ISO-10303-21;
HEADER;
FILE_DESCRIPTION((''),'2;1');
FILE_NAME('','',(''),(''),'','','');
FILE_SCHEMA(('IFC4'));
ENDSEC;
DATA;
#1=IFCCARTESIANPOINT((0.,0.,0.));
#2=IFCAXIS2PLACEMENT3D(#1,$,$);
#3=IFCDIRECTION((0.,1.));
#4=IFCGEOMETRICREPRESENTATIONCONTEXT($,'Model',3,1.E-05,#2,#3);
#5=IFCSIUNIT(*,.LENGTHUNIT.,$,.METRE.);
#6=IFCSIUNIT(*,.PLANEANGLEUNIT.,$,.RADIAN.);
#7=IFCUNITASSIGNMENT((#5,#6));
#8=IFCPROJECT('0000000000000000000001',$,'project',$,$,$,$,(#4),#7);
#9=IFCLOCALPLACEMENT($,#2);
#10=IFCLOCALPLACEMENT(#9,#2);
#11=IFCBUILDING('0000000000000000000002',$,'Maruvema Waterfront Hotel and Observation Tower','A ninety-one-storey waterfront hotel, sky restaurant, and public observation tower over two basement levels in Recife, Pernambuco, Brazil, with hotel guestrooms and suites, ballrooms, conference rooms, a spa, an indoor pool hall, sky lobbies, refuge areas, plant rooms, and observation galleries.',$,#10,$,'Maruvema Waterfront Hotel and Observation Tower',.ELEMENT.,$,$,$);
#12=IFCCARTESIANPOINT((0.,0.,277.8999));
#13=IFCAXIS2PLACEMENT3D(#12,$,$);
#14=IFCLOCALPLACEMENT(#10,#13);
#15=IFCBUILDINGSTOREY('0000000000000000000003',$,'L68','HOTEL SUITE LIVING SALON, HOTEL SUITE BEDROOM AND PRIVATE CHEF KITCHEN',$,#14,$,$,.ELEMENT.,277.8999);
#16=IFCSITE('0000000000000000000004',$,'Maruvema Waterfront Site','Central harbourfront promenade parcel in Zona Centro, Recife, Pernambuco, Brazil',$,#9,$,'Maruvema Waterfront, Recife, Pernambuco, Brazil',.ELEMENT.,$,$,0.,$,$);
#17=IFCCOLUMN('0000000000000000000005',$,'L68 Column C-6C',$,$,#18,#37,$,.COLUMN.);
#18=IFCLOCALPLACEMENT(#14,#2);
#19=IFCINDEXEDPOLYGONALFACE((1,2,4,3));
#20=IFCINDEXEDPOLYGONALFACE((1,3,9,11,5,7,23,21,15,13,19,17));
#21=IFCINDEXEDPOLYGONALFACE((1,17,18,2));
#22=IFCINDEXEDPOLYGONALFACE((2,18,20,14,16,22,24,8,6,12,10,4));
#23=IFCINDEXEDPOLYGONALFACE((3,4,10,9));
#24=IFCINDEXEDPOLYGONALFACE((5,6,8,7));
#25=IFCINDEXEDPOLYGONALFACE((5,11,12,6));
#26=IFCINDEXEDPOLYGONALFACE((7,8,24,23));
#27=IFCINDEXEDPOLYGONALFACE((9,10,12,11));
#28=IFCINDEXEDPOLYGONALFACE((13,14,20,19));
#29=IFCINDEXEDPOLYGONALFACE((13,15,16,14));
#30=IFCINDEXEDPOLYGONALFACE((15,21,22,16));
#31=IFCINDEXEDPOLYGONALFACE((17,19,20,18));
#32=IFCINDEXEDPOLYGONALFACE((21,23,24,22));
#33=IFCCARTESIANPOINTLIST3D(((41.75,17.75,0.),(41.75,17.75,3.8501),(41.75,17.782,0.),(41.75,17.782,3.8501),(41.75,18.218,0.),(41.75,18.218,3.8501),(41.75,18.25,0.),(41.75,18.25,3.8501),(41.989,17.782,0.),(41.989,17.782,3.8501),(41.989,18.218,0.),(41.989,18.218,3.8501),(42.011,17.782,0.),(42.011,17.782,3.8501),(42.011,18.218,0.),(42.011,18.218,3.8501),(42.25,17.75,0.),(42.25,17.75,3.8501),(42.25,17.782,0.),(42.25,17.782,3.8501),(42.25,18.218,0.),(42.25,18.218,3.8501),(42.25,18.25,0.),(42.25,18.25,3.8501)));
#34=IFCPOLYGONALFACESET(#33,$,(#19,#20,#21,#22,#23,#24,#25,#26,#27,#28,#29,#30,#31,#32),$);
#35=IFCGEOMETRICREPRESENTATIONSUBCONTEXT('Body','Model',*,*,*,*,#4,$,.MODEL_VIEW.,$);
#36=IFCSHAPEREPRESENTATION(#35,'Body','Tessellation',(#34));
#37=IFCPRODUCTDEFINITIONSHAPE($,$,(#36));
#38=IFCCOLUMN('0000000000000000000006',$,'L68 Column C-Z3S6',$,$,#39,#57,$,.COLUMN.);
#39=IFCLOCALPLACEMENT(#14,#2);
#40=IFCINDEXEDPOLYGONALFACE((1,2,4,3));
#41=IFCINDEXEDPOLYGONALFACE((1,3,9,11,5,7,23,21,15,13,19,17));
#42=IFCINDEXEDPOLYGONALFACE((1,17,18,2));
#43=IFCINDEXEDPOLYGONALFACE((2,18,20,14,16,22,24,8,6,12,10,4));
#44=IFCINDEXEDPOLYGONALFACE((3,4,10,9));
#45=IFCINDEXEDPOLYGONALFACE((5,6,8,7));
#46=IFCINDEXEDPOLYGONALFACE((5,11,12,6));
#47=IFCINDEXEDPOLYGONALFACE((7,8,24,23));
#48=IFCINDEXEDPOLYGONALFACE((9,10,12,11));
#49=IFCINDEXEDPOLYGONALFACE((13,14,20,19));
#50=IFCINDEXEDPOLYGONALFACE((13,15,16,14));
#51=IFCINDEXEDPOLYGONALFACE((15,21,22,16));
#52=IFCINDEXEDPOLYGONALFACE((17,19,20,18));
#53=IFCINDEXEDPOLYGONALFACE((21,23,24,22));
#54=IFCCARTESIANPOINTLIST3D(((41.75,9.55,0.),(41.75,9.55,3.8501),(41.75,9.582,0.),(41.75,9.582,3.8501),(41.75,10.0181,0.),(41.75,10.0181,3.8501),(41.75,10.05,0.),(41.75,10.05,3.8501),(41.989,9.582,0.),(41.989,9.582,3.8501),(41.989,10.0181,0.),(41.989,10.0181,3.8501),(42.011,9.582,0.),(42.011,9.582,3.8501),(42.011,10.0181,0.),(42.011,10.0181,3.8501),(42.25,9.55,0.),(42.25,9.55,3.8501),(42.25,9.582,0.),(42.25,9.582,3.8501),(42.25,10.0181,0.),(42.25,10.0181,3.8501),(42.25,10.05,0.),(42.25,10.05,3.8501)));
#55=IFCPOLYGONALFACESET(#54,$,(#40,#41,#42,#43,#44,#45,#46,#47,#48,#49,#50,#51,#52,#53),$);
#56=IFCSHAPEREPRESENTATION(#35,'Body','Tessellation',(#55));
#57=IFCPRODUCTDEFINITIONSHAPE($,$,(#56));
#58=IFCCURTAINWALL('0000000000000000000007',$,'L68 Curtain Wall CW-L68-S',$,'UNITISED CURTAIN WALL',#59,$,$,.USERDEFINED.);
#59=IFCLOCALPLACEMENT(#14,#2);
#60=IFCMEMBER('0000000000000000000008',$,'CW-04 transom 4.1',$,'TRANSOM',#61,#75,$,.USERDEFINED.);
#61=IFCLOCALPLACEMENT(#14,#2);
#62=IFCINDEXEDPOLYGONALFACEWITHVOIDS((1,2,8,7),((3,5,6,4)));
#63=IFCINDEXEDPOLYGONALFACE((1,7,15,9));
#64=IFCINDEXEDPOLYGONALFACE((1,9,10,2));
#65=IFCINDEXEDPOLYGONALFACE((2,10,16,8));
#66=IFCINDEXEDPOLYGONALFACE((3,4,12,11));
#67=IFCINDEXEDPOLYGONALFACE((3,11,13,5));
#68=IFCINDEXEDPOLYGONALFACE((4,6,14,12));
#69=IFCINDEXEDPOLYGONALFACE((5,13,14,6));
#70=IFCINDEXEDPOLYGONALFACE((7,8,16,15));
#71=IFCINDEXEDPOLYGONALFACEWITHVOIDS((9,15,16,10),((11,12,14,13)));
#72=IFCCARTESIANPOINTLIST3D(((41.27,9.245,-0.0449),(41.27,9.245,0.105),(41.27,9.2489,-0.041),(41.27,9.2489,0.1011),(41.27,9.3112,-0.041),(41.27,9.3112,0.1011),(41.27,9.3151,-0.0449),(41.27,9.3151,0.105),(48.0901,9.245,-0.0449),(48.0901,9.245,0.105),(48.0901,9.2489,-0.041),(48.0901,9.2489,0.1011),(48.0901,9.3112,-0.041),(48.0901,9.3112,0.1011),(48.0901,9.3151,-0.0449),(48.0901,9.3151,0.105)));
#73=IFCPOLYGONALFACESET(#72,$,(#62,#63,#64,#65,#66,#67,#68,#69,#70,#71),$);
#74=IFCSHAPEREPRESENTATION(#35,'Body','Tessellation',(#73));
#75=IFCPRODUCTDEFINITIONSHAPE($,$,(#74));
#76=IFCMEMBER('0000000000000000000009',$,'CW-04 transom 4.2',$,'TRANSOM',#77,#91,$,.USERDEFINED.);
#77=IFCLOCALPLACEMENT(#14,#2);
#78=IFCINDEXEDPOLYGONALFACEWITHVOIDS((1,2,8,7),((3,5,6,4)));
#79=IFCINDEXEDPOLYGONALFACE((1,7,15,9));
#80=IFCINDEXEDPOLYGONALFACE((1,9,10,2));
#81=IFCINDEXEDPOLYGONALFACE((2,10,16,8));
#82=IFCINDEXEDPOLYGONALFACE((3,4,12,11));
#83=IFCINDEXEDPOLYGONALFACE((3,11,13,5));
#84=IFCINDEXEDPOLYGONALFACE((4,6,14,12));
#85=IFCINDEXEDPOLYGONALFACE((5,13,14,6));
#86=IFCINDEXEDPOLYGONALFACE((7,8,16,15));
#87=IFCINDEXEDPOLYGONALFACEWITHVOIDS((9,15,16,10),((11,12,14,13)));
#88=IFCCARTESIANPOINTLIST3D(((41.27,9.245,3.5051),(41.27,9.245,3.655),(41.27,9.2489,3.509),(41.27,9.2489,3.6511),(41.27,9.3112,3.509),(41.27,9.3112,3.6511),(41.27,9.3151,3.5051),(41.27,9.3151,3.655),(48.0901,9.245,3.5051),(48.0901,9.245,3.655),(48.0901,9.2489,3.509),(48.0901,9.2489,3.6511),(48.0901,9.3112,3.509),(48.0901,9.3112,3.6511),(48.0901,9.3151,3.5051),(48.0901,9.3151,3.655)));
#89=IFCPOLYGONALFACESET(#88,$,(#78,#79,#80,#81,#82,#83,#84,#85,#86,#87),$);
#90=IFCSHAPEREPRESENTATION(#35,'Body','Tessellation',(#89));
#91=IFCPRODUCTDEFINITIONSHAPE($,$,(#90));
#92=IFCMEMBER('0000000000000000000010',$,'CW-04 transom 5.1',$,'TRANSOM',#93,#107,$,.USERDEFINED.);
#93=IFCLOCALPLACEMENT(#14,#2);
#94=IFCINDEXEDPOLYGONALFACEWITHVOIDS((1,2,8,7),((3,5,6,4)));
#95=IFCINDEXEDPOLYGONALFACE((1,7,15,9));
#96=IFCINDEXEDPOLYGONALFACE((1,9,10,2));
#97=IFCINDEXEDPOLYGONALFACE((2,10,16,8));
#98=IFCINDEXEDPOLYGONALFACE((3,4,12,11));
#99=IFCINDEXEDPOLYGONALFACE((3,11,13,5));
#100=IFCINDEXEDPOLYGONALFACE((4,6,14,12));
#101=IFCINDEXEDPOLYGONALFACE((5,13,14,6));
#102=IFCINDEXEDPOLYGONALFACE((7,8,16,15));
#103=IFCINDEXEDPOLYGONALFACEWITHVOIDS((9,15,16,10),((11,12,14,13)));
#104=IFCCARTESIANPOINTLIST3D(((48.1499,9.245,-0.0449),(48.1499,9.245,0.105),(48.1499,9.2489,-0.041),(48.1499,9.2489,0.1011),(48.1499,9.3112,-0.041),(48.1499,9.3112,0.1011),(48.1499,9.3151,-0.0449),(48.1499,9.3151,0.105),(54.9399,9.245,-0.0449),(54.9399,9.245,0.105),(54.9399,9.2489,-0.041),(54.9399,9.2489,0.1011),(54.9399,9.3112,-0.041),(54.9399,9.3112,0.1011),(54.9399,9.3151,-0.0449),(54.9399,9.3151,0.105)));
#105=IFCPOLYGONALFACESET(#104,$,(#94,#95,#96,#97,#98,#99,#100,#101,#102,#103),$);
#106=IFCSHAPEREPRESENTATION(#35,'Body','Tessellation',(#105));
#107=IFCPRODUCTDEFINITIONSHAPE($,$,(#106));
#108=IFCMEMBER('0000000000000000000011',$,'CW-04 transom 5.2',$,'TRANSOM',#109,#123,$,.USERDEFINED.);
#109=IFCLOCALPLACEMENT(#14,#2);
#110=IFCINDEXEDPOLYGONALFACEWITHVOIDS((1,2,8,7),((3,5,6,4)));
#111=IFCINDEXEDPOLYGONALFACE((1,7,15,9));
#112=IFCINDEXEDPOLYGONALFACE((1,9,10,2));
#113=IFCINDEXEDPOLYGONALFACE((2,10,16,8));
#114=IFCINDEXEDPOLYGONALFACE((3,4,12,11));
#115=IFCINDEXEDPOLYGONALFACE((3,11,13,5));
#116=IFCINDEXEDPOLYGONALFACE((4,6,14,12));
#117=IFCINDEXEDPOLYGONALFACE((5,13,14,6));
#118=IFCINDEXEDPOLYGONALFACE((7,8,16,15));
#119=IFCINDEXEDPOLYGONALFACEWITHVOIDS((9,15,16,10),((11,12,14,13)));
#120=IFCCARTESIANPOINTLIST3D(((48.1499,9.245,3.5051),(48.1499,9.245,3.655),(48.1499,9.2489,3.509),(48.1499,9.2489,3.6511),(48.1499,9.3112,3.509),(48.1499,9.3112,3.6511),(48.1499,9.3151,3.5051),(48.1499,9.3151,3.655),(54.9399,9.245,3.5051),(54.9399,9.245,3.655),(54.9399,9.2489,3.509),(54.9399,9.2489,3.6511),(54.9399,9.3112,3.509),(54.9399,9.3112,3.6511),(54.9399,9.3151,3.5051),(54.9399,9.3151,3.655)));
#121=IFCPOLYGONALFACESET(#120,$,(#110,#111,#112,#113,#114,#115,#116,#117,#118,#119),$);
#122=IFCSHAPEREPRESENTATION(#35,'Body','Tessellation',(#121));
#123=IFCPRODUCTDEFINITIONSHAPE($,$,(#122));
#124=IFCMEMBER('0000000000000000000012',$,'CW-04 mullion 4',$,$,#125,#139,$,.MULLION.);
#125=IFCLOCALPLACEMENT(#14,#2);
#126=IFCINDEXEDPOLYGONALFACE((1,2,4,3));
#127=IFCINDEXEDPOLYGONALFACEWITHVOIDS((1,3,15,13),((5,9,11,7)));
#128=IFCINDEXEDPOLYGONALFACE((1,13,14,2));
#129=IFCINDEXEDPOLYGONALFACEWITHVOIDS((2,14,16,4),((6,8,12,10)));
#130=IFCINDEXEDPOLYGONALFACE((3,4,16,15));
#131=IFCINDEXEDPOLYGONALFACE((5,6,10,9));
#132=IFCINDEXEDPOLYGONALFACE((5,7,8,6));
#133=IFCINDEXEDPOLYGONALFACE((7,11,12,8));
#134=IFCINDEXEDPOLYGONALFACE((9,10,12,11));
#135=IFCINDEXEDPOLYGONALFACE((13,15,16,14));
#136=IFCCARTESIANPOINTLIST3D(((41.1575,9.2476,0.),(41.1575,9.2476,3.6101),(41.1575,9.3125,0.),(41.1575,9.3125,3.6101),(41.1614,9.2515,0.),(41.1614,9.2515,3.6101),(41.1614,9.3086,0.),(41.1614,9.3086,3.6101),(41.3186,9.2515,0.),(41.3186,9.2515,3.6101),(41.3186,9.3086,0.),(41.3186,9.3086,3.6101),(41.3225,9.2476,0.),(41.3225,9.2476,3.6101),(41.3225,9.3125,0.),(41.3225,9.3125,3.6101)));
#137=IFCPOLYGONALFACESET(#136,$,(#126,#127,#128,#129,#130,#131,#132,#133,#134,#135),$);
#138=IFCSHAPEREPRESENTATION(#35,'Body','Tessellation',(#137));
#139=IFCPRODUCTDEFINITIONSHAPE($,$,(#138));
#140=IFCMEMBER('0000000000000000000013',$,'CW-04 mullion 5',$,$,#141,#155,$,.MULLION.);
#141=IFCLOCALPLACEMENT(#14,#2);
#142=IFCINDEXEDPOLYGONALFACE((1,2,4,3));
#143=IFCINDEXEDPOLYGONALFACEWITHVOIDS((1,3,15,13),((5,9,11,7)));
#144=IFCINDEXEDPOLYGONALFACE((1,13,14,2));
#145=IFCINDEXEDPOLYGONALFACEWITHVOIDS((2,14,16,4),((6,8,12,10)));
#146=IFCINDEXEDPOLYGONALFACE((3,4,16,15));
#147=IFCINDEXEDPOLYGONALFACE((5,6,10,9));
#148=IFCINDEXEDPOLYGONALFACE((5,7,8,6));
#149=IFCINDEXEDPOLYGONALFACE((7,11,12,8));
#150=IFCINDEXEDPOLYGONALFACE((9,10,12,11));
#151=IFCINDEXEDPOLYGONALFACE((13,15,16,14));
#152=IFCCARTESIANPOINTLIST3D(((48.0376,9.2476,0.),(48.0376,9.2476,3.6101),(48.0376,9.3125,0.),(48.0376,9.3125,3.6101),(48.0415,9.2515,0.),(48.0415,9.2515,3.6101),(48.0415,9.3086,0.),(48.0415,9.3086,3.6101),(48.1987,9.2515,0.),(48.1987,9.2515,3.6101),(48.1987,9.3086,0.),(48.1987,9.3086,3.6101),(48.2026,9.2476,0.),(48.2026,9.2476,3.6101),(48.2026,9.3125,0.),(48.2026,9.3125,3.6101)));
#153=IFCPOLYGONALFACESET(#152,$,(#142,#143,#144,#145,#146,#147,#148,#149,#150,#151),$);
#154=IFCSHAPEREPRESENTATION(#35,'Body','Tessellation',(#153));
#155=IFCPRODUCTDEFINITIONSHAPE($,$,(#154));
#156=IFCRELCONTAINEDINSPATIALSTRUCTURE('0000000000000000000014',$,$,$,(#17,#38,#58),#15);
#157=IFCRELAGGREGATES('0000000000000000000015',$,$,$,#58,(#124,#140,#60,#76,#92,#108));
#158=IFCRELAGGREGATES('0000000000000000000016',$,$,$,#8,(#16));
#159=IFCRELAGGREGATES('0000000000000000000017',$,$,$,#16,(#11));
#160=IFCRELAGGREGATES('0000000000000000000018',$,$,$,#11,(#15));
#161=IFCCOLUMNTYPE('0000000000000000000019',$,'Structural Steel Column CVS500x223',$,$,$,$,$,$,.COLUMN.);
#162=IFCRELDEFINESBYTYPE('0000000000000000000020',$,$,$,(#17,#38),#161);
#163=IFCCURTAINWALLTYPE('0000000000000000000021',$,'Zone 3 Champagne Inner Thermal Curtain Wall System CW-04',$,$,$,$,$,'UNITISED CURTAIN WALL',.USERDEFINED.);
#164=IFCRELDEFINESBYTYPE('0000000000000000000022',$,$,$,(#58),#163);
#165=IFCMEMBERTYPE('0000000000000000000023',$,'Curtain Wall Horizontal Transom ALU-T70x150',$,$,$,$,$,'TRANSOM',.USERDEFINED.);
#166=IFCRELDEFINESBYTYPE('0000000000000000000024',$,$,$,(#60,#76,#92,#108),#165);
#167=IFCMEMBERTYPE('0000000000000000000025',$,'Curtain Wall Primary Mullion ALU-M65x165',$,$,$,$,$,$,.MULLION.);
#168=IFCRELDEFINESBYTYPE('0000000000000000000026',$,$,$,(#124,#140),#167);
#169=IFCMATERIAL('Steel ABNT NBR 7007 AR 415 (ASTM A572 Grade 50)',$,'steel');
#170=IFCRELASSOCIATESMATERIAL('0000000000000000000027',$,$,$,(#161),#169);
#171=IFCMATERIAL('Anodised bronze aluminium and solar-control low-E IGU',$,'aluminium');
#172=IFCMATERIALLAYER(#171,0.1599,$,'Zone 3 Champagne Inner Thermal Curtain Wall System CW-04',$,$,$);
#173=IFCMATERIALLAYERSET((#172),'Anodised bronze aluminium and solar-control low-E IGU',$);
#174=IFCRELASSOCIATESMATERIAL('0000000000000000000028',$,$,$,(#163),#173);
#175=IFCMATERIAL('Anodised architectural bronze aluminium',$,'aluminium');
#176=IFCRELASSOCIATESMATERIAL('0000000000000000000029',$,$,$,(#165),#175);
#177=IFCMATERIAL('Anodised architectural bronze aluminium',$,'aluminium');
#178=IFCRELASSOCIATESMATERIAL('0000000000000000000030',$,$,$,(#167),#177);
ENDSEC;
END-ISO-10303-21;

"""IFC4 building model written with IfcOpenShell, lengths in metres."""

from ifc_helpers import new_model, si_unit, direction, frame, origin, origin_2d, place, context, subcontext, project, spatial, hollow_rectangle, i_section, extrude, material, layer, layer_set, material_profile, profile_set, type_object, element, aggregate, save


model = new_model("IFC4")

# Units and contexts
model_context = context("Model", 3, precision=1e-05, world=origin(), true_north=direction((0.0, 1.0)))
body_context = subcontext(model_context, "Body", "Model", "MODEL_VIEW")
ifc_project = project(units=[si_unit("LENGTHUNIT", "METRE"), si_unit("PLANEANGLEUNIT", "RADIAN")], contexts=[model_context])

# Site, building, storey
site_placement = place(None, origin())
site = spatial("IfcSite", under=ifc_project, at=site_placement, Name="Maruvema Waterfront Site", Description="Central harbourfront promenade parcel in Zona Centro, Recife, Pernambuco, Brazil", LongName="Maruvema Waterfront, Recife, Pernambuco, Brazil", CompositionType="ELEMENT", RefElevation=0.0)
building_placement = place(site_placement, origin())
building = spatial("IfcBuilding", under=site, at=building_placement, Name="Maruvema Waterfront Hotel and Observation Tower", Description="A ninety-one-storey waterfront hotel, sky restaurant, and public observation tower over two basement levels in Recife, Pernambuco, Brazil, with hotel guestrooms and suites, ballrooms, conference rooms, a spa, an indoor pool hall, sky lobbies, refuge areas, plant rooms, and observation galleries.", LongName="Maruvema Waterfront Hotel and Observation Tower", CompositionType="ELEMENT")
storey_placement = place(building_placement, frame((0.0, 0.0, 277.8999)))
storey = spatial("IfcBuildingStorey", under=building, at=storey_placement, Name="L68", Description="HOTEL SUITE LIVING SALON, HOTEL SUITE BEDROOM AND PRIVATE CHEF KITCHEN", CompositionType="ELEMENT", Elevation=277.8999)

# Columns
ifc_material_1 = material(Name="Steel ABNT NBR 7007 AR 415 (ASTM A572 Grade 50)", Category="steel")
ifc_material_profile_1 = material_profile(ifc_material_1, i_section(OverallWidth=0.5, OverallDepth=0.5, WebThickness=0.022, FlangeThickness=0.032, at=origin_2d()), Name="CVS500x223")
ifc_profile_set_1 = profile_set([ifc_material_profile_1], Name="Steel ABNT NBR 7007 AR 415 (ASTM A572 Grade 50)")
column_type = type_object("IfcColumnType", Name="Structural Steel Column CVS500x223", PredefinedType="COLUMN", material=ifc_profile_set_1)
for number, where, z_axis, x_axis, name in (
    (1, (42.0, 18.0, 0.0), (0.0, 0.0, 1.0), (1.0, 0.0, 0.0), "L68 Column C-6C"),
    (2, (42.0, 9.8, 0.0), (0.0, 0.0, 1.0), (1.0, 0.0, 0.0), "L68 Column C-Z3S6"),
):
    element("IfcColumn", number, at=place(storey_placement, frame(where, z_axis=z_axis, x_axis=x_axis)), inside=storey, type_object=column_type, Name=name, PredefinedType="COLUMN", context=body_context, shape_type="SweptSolid", body=[
        extrude(i_section(OverallWidth=0.5, OverallDepth=0.5, WebThickness=0.022, FlangeThickness=0.032, at=origin_2d()), origin(), (0.0, 0.0, 1.0), 3.8501),
    ])

# Curtain wall, members
ifc_material_2 = material(Name="Anodised bronze aluminium and solar-control low-E IGU", Category="aluminium")
ifc_layer_1 = layer(ifc_material_2, 0.1599, Name="Zone 3 Champagne Inner Thermal Curtain Wall System CW-04")
ifc_layer_set_1 = layer_set([ifc_layer_1], Name="Anodised bronze aluminium and solar-control low-E IGU")
curtain_wall_type = type_object("IfcCurtainWallType", Name="Zone 3 Champagne Inner Thermal Curtain Wall System CW-04", ElementType="UNITISED CURTAIN WALL", PredefinedType="USERDEFINED", material=ifc_layer_set_1)
curtain_wall_placement = place(storey_placement, origin())
curtain_wall = element("IfcCurtainWall", 3, at=curtain_wall_placement, inside=storey, type_object=curtain_wall_type, Name="L68 Curtain Wall CW-L68-S", ObjectType="UNITISED CURTAIN WALL", PredefinedType="USERDEFINED")
ifc_material_3 = material(Name="Anodised architectural bronze aluminium", Category="aluminium")
ifc_material_profile_2 = material_profile(ifc_material_3, hollow_rectangle(XDim=0.0701, YDim=0.1499, WallThickness=0.0039, at=origin_2d()), Name="ALU-T70x150")
ifc_profile_set_2 = profile_set([ifc_material_profile_2], Name="Anodised architectural bronze aluminium")
member_type_1 = type_object("IfcMemberType", Name="Curtain Wall Horizontal Transom ALU-T70x150", ElementType="TRANSOM", PredefinedType="USERDEFINED", material=ifc_profile_set_2)
member_1_placement = place(storey_placement, frame((41.27, 9.28, 0.03), z_axis=(1.0, 0.0, 0.0), x_axis=(0.0, 1.0, 0.0)))
member_1 = element("IfcMember", 4, at=member_1_placement, type_object=member_type_1, Name="CW-04 transom 4.1", ObjectType="TRANSOM", PredefinedType="USERDEFINED", context=body_context, shape_type="SweptSolid", body=[
    extrude(hollow_rectangle(XDim=0.0701, YDim=0.1499, WallThickness=0.0039, at=origin_2d()), origin(), (0.0, 0.0, 1.0), 6.8201),
])
member_2_placement = place(storey_placement, frame((41.27, 9.28, 3.5801), z_axis=(1.0, 0.0, 0.0), x_axis=(0.0, 1.0, 0.0)))
member_2 = element("IfcMember", 5, at=member_2_placement, type_object=member_type_1, Name="CW-04 transom 4.2", ObjectType="TRANSOM", PredefinedType="USERDEFINED", context=body_context, shape_type="SweptSolid", body=[
    extrude(hollow_rectangle(XDim=0.0701, YDim=0.1499, WallThickness=0.0039, at=origin_2d()), origin(), (0.0, 0.0, 1.0), 6.8201),
])
member_3_placement = place(storey_placement, frame((48.1499, 9.28, 0.03), z_axis=(1.0, 0.0, 0.0), x_axis=(0.0, 1.0, 0.0)))
member_3 = element("IfcMember", 6, at=member_3_placement, type_object=member_type_1, Name="CW-04 transom 5.1", ObjectType="TRANSOM", PredefinedType="USERDEFINED", context=body_context, shape_type="SweptSolid", body=[
    extrude(hollow_rectangle(XDim=0.0701, YDim=0.1499, WallThickness=0.0039, at=origin_2d()), origin(), (0.0, 0.0, 1.0), 6.79),
])
member_4_placement = place(storey_placement, frame((48.1499, 9.28, 3.5801), z_axis=(1.0, 0.0, 0.0), x_axis=(0.0, 1.0, 0.0)))
member_4 = element("IfcMember", 7, at=member_4_placement, type_object=member_type_1, Name="CW-04 transom 5.2", ObjectType="TRANSOM", PredefinedType="USERDEFINED", context=body_context, shape_type="SweptSolid", body=[
    extrude(hollow_rectangle(XDim=0.0701, YDim=0.1499, WallThickness=0.0039, at=origin_2d()), origin(), (0.0, 0.0, 1.0), 6.79),
])
ifc_material_4 = material(Name="Anodised architectural bronze aluminium", Category="aluminium")
ifc_material_profile_3 = material_profile(ifc_material_4, hollow_rectangle(XDim=0.0649, YDim=0.165, WallThickness=0.0039, at=origin_2d()), Name="ALU-M65x165")
ifc_profile_set_3 = profile_set([ifc_material_profile_3], Name="Anodised architectural bronze aluminium")
member_type_2 = type_object("IfcMemberType", Name="Curtain Wall Primary Mullion ALU-M65x165", PredefinedType="MULLION", material=ifc_profile_set_3)
member_5_placement = place(storey_placement, frame((41.24, 9.28, 0.0), z_axis=(0.0, 0.0, 1.0), x_axis=(0.0, 1.0, 0.0)))
member_5 = element("IfcMember", 8, at=member_5_placement, type_object=member_type_2, Name="CW-04 mullion 4", PredefinedType="MULLION", context=body_context, shape_type="SweptSolid", body=[
    extrude(hollow_rectangle(XDim=0.0649, YDim=0.165, WallThickness=0.0039, at=origin_2d()), origin(), (0.0, 0.0, 1.0), 3.6101),
])
member_6_placement = place(storey_placement, frame((48.1201, 9.28, 0.0), z_axis=(0.0, 0.0, 1.0), x_axis=(0.0, 1.0, 0.0)))
member_6 = element("IfcMember", 9, at=member_6_placement, type_object=member_type_2, Name="CW-04 mullion 5", PredefinedType="MULLION", context=body_context, shape_type="SweptSolid", body=[
    extrude(hollow_rectangle(XDim=0.0649, YDim=0.165, WallThickness=0.0039, at=origin_2d()), origin(), (0.0, 0.0, 1.0), 3.6101),
])

aggregate(curtain_wall, [member_5, member_6, member_1, member_2, member_3, member_4])

save(model, "model.ifc")
